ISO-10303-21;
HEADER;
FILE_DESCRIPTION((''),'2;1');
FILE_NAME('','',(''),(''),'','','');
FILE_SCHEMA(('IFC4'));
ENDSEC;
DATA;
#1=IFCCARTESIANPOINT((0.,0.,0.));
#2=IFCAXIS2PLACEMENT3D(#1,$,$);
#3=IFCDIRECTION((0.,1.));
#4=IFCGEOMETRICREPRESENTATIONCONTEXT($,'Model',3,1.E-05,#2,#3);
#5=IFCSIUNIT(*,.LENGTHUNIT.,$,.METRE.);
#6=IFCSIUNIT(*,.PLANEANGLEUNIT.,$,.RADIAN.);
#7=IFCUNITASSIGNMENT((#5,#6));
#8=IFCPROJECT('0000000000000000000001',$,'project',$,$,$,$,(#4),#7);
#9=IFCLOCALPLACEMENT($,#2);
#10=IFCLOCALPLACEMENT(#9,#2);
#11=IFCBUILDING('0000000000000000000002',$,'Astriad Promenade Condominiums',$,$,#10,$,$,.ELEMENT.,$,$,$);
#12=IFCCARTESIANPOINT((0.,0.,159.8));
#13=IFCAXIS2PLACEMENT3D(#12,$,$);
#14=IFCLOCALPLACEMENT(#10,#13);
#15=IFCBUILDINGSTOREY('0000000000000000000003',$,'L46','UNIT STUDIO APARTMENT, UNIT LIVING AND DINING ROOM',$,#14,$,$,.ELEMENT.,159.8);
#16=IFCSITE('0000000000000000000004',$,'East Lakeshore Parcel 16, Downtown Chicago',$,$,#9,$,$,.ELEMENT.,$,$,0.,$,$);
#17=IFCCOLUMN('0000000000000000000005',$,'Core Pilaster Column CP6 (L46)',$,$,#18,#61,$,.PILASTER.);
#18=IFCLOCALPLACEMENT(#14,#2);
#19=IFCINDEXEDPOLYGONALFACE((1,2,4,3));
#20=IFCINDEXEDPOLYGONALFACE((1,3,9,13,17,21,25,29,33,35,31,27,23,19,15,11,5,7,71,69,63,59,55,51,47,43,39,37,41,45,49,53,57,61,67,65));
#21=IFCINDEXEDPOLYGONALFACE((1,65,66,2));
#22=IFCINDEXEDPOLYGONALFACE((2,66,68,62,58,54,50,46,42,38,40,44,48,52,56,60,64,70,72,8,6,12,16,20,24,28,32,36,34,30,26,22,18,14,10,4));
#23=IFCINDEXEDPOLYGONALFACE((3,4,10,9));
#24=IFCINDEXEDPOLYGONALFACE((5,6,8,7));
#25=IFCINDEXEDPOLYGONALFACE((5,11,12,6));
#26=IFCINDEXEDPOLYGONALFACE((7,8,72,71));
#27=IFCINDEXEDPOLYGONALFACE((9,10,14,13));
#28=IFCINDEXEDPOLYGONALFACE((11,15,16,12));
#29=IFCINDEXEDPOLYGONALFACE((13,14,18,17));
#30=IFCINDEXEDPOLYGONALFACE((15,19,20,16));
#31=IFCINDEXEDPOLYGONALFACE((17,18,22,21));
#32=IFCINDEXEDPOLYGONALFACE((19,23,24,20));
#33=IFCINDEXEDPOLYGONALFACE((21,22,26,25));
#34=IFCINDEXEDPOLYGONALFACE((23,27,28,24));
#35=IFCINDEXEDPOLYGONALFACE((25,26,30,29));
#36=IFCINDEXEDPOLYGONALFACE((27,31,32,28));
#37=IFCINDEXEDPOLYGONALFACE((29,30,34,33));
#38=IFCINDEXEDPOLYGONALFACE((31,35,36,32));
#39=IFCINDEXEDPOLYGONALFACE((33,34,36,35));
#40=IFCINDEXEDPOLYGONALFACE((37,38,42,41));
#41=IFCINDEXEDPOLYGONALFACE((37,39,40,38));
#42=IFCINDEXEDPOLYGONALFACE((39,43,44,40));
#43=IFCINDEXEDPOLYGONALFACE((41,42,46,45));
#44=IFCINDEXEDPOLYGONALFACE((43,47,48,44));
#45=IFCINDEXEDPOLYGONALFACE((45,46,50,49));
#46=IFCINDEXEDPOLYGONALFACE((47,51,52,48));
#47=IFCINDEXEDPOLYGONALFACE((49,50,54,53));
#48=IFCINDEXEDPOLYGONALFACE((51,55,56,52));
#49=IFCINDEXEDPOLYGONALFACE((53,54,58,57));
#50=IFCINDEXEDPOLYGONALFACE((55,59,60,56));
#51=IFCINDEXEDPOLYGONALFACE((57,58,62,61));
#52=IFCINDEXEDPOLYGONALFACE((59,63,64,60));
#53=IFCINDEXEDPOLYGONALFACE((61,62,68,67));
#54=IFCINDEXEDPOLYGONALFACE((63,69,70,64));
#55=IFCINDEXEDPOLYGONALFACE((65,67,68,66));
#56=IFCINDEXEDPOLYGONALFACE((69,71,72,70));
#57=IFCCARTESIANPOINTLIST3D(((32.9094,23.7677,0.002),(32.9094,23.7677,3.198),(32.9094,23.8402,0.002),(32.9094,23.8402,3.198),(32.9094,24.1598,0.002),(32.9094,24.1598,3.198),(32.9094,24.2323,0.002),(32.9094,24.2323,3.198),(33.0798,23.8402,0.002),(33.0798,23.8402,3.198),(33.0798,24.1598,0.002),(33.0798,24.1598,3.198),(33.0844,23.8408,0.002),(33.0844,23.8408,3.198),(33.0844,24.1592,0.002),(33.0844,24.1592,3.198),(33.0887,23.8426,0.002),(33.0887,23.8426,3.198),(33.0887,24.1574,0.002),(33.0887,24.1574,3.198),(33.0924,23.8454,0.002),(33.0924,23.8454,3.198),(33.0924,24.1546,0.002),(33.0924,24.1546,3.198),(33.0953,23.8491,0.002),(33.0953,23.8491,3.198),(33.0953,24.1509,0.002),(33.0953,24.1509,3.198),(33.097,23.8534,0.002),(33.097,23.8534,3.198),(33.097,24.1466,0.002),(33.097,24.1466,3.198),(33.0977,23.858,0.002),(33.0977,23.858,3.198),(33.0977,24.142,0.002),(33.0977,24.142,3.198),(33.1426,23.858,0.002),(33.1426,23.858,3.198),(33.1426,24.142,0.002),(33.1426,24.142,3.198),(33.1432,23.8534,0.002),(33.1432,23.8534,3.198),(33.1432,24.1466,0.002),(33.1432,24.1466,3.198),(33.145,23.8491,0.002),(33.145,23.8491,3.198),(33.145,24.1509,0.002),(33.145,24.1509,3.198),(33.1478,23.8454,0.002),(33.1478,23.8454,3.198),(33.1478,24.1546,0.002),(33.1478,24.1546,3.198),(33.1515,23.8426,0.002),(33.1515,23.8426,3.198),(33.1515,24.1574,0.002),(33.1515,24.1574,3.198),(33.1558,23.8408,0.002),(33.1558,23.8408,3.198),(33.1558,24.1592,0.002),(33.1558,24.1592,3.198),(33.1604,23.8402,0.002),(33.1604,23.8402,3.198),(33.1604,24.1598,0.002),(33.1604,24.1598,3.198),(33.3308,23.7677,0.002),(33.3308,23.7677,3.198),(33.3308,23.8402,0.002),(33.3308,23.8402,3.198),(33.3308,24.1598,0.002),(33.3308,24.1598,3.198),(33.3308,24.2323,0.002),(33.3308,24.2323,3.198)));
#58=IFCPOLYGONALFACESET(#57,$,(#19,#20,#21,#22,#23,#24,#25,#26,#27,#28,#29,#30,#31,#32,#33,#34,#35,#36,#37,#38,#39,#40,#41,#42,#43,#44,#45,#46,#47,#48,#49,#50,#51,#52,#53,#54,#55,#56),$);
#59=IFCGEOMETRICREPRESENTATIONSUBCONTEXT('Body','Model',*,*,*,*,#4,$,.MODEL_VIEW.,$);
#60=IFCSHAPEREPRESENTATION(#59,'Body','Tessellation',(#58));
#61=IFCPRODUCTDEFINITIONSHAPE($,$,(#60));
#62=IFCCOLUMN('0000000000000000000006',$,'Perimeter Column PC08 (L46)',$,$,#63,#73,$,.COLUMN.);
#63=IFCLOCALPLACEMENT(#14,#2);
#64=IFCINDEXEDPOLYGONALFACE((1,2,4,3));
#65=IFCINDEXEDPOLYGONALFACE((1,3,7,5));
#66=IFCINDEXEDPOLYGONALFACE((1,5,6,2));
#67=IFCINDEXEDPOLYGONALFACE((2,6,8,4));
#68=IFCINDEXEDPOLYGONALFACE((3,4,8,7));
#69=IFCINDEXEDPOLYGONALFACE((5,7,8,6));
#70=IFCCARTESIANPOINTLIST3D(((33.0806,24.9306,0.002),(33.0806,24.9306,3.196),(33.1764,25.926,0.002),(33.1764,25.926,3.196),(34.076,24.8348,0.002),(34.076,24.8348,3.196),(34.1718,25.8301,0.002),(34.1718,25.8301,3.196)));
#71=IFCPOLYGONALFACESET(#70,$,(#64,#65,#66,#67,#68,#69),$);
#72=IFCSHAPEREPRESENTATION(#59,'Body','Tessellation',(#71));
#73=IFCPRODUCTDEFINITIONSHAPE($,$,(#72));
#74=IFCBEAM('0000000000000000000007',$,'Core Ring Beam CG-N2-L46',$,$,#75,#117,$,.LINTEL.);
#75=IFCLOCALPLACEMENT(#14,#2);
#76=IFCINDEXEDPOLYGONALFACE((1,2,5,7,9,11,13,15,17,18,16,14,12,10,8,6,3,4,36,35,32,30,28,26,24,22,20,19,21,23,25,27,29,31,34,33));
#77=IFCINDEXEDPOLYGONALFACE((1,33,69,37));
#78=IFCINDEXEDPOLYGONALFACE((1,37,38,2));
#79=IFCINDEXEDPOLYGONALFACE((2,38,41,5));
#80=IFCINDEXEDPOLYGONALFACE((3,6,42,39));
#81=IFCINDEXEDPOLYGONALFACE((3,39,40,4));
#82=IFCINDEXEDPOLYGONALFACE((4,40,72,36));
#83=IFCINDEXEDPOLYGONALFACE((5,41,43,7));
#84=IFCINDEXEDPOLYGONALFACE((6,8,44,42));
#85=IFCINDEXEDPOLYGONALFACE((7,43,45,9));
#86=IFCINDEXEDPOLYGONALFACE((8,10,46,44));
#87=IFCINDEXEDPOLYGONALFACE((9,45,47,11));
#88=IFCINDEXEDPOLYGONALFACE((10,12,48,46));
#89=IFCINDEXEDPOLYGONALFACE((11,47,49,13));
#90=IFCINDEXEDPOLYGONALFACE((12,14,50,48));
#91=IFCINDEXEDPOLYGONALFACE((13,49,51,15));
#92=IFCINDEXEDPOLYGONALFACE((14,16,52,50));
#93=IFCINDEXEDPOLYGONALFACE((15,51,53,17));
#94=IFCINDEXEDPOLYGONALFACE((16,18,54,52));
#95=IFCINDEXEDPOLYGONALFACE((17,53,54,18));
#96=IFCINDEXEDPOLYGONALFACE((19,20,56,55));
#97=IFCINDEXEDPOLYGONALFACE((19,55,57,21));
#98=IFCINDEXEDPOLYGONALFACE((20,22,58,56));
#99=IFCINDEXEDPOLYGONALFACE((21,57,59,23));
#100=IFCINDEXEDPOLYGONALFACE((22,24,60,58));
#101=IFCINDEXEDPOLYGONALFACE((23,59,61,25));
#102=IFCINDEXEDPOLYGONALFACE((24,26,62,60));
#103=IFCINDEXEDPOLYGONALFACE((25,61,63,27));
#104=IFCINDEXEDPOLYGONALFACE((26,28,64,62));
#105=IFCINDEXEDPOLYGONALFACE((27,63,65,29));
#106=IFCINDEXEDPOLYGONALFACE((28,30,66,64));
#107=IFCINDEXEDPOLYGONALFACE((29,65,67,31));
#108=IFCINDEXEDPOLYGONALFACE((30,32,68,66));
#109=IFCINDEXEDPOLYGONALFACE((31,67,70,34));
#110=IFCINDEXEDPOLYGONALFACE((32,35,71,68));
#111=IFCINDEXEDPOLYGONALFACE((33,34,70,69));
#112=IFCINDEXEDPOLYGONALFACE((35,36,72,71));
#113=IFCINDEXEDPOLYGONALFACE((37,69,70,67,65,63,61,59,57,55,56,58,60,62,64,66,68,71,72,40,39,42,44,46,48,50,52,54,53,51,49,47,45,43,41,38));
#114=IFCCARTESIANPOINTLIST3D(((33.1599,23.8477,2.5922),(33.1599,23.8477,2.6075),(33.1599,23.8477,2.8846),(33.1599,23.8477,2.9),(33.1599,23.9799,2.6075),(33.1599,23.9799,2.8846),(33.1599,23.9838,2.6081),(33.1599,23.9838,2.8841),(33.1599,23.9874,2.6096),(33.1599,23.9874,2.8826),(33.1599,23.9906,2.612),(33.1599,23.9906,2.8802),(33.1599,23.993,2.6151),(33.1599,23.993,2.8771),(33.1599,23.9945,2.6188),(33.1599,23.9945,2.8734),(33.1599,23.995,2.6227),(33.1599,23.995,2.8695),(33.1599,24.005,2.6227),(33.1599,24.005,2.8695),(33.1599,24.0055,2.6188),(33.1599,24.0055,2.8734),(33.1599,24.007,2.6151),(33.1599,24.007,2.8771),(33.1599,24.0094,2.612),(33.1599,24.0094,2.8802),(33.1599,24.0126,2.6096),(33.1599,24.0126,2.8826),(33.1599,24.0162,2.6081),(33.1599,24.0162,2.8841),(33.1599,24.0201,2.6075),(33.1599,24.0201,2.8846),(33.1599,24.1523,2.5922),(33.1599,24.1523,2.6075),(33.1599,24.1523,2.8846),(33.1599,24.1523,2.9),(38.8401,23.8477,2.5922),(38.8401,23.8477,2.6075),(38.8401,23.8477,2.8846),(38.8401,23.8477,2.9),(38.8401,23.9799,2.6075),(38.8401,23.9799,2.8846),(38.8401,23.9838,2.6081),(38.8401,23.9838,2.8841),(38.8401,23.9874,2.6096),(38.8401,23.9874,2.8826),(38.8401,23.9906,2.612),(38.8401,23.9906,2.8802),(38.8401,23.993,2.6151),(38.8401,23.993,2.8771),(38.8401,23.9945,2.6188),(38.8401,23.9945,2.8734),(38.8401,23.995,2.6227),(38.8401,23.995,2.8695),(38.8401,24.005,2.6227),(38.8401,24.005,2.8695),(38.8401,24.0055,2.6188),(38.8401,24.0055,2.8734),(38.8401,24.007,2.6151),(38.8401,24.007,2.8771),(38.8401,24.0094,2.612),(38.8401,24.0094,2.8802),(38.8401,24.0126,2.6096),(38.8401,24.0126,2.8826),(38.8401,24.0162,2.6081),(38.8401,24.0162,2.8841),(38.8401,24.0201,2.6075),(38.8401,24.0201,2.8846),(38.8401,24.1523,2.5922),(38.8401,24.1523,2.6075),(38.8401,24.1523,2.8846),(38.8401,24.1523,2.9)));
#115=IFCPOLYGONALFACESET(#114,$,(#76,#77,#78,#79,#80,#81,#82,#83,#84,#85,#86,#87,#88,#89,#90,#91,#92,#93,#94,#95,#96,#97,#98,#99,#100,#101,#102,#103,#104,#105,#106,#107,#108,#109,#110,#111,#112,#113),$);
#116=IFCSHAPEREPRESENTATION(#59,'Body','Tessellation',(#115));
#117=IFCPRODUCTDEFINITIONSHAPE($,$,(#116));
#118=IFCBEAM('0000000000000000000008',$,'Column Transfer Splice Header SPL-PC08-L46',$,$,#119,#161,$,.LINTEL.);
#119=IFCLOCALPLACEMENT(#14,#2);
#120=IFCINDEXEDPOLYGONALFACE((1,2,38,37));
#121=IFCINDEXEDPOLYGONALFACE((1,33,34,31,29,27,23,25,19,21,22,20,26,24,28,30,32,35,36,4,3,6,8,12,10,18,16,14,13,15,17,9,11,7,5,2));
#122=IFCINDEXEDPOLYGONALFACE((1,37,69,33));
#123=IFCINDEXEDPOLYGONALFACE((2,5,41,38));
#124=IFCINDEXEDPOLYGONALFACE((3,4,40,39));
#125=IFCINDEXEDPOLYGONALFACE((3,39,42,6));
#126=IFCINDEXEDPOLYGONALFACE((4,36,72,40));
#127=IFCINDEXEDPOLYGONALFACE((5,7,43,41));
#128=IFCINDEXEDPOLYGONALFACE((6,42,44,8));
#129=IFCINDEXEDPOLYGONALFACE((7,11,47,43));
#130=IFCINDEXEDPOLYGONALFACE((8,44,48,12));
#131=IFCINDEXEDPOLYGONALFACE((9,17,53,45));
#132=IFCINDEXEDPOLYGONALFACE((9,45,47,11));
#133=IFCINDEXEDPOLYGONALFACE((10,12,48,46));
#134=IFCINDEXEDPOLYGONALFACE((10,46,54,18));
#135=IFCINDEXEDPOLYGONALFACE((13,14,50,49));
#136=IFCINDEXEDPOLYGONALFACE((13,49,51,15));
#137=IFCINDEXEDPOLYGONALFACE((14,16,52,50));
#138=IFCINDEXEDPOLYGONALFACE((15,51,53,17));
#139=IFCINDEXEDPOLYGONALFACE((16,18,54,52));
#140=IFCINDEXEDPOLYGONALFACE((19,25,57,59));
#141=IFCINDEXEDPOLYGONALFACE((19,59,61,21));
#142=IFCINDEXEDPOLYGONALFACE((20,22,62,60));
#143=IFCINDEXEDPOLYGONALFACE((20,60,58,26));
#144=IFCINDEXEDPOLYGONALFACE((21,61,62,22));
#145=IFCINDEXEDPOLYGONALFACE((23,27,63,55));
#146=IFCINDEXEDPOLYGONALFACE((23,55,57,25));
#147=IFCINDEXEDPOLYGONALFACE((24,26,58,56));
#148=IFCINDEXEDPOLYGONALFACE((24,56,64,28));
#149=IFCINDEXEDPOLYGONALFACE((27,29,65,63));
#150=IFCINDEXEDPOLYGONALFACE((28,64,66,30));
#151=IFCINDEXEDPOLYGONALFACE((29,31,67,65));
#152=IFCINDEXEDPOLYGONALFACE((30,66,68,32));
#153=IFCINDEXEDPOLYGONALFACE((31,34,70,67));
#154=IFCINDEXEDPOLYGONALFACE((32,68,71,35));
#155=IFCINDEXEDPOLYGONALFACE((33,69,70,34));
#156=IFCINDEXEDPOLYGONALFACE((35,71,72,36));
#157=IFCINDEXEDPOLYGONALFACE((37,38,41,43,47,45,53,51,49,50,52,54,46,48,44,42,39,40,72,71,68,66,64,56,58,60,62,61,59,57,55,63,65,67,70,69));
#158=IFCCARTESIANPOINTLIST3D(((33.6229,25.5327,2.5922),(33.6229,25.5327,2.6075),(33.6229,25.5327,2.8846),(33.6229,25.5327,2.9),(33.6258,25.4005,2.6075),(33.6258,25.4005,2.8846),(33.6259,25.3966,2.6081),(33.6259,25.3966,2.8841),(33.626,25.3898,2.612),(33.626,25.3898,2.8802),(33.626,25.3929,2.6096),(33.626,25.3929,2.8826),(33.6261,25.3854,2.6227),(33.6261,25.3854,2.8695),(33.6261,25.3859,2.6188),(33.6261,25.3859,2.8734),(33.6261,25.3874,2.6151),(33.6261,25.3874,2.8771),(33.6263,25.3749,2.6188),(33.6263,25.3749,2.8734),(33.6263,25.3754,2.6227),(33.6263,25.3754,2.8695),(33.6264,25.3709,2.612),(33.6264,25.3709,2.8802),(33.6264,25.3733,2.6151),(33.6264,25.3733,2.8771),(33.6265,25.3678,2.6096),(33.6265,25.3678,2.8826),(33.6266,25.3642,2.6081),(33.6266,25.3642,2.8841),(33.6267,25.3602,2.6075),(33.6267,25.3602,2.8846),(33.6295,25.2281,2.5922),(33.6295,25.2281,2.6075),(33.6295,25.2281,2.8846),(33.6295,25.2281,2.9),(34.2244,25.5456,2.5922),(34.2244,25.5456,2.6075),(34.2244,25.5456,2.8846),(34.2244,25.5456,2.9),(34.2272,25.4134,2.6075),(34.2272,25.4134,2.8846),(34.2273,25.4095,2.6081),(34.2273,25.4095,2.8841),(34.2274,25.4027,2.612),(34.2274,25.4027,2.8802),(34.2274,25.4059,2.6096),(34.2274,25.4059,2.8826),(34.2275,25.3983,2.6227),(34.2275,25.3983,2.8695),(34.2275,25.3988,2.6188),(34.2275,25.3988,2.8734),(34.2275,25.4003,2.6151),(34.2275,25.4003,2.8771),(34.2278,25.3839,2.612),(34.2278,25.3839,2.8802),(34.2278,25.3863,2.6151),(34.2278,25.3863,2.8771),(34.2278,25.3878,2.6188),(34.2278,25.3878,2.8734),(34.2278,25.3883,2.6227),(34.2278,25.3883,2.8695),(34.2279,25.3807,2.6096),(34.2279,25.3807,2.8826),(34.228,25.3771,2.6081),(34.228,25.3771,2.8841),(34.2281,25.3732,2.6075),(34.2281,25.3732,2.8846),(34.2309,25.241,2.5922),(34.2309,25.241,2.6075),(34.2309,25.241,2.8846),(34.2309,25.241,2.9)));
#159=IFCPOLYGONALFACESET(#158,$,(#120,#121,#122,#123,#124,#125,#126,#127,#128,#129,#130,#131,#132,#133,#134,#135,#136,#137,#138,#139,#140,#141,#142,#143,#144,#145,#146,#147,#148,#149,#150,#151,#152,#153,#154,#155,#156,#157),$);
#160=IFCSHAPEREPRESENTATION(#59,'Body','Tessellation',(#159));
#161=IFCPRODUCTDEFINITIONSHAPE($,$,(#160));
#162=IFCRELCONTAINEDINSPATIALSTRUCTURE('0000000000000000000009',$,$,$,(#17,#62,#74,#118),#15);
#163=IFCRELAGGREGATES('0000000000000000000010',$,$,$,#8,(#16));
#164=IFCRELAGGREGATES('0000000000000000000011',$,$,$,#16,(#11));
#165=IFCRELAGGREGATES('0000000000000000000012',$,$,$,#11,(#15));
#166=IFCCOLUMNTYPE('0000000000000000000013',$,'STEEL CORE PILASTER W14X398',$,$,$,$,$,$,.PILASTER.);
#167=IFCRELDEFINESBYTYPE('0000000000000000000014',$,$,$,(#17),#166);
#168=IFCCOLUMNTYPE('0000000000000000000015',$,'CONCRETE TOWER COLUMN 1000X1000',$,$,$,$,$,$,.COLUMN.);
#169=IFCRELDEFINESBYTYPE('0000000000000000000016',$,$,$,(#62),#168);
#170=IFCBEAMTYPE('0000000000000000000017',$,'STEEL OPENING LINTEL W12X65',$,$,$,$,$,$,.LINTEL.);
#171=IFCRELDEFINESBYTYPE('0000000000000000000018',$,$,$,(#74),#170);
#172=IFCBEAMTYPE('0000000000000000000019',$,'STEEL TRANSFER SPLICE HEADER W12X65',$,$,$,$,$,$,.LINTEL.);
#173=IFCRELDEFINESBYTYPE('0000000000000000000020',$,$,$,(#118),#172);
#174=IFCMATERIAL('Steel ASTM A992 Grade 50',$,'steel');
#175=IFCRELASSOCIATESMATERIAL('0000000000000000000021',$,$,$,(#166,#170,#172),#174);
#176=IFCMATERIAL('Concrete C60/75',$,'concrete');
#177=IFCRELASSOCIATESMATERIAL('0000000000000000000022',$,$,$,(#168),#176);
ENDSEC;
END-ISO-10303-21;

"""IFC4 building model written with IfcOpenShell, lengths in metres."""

from ifc_helpers import new_model, si_unit, direction, frame, origin, origin_2d, place, context, subcontext, project, spatial, rectangle, i_section, extrude, source, transform, mapped, material, material_profile, profile_set, type_object, type_shapes, element, save


model = new_model("IFC4")

# Units and contexts
model_context = context("Model", 3, precision=1e-05, world=origin(), true_north=direction((0.0, 1.0)))
body_context = subcontext(model_context, "Body", "Model", "MODEL_VIEW")
ifc_project = project(units=[si_unit("LENGTHUNIT", "METRE"), si_unit("PLANEANGLEUNIT", "RADIAN")], contexts=[model_context])

# Site, building, storey
site_placement = place(None, origin())
site = spatial("IfcSite", under=ifc_project, at=site_placement, Name="East Lakeshore Parcel 16, Downtown Chicago", CompositionType="ELEMENT", RefElevation=0.0)
building_placement = place(site_placement, origin())
building = spatial("IfcBuilding", under=site, at=building_placement, Name="Astriad Promenade Condominiums", CompositionType="ELEMENT")
storey_placement = place(building_placement, frame((0.0, 0.0, 159.8)))
storey = spatial("IfcBuildingStorey", under=building, at=storey_placement, Name="L46", Description="UNIT STUDIO APARTMENT, UNIT LIVING AND DINING ROOM", CompositionType="ELEMENT", Elevation=159.8)

# Columns
ifc_material_1 = material(Name="Steel ASTM A992 Grade 50", Category="steel")
ifc_material_profile_1 = material_profile(ifc_material_1, i_section(OverallWidth=0.4214, OverallDepth=0.4646, WebThickness=0.0449, FlangeThickness=0.0725, FilletRadius=0.0178, at=origin_2d()), Name="W14X398")
ifc_profile_set_1 = profile_set([ifc_material_profile_1], Name="Steel ASTM A992 Grade 50")
column_type_1 = type_object("IfcColumnType", Name="STEEL CORE PILASTER W14X398", PredefinedType="PILASTER", material=ifc_profile_set_1)
shared_shape_1 = source(origin(), body_context, "Body", "SweptSolid", [
    extrude(i_section(OverallWidth=0.4214, OverallDepth=0.4646, WebThickness=0.0449, FlangeThickness=0.0725, FilletRadius=0.0178, at=origin_2d()), origin(), (0.0, 0.0, 1.0), 3.196),
])
type_shapes(column_type_1, [shared_shape_1])
column_1_placement = place(storey_placement, frame((33.1201, 24.0, 0.002), z_axis=(0.0, 0.0, 1.0), x_axis=(1.0, 0.0, 0.0)))
element("IfcColumn", 1, at=column_1_placement, inside=storey, type_object=column_type_1, Name="Core Pilaster Column CP6 (L46)", PredefinedType="PILASTER", context=body_context, shape_type="MappedRepresentation", body=[
    mapped(shared_shape_1, transform((0.0, 0.0, 0.0), scale=1.0)),
])
ifc_material_2 = material(Name="Concrete C60/75", Category="concrete")
ifc_material_profile_2 = material_profile(ifc_material_2, rectangle(XDim=1.0, YDim=1.0, at=origin_2d()), Name="RC-COL-1000X1000")
ifc_profile_set_2 = profile_set([ifc_material_profile_2], Name="Concrete C60/75")
column_type_2 = type_object("IfcColumnType", Name="CONCRETE TOWER COLUMN 1000X1000", PredefinedType="COLUMN", material=ifc_profile_set_2)
shared_shape_2 = source(origin(), body_context, "Body", "SweptSolid", [
    extrude(rectangle(XDim=1.0, YDim=1.0, at=origin_2d()), origin(), (0.0, 0.0, 1.0), 3.1941),
])
type_shapes(column_type_2, [shared_shape_2])
column_2_placement = place(storey_placement, frame((33.6262, 25.3804, 0.002), z_axis=(0.0, 0.0, 1.0), x_axis=(0.995396, -0.095846, 0.0)))
element("IfcColumn", 2, at=column_2_placement, inside=storey, type_object=column_type_2, Name="Perimeter Column PC08 (L46)", PredefinedType="COLUMN", context=body_context, shape_type="MappedRepresentation", body=[
    mapped(shared_shape_2, transform((0.0, 0.0, 0.0), scale=1.0)),
])

# Beams
ifc_material_profile_3 = material_profile(ifc_material_1, i_section(OverallWidth=0.3047, OverallDepth=0.3079, WebThickness=0.01, FlangeThickness=0.0154, FilletRadius=0.0151, at=origin_2d()), Name="W12X65")
ifc_profile_set_3 = profile_set([ifc_material_profile_3], Name="Steel ASTM A992 Grade 50")
beam_type_1 = type_object("IfcBeamType", Name="STEEL OPENING LINTEL W12X65", PredefinedType="LINTEL", material=ifc_profile_set_3)
shared_shape_3 = source(origin(), body_context, "Body", "SweptSolid", [
    extrude(i_section(OverallWidth=0.3047, OverallDepth=0.3079, WebThickness=0.01, FlangeThickness=0.0154, FilletRadius=0.0151, at=origin_2d()), origin(), (0.0, 0.0, 1.0), 5.6802),
])
type_shapes(beam_type_1, [shared_shape_3])
beam_1_placement = place(storey_placement, frame((33.1599, 24.0, 2.7461), z_axis=(1.0, 0.0, 0.0), x_axis=(0.0, 1.0, 0.0)))
element("IfcBeam", 3, at=beam_1_placement, inside=storey, type_object=beam_type_1, Name="Core Ring Beam CG-N2-L46", PredefinedType="LINTEL", context=body_context, shape_type="MappedRepresentation", body=[
    mapped(shared_shape_3, transform((0.0, 0.0, 0.0), scale=1.0)),
])
ifc_material_profile_4 = material_profile(ifc_material_1, i_section(OverallWidth=0.3047, OverallDepth=0.3079, WebThickness=0.01, FlangeThickness=0.0154, FilletRadius=0.0151, at=origin_2d()), Name="W12X65")
ifc_profile_set_4 = profile_set([ifc_material_profile_4], Name="Steel ASTM A992 Grade 50")
beam_type_2 = type_object("IfcBeamType", Name="STEEL TRANSFER SPLICE HEADER W12X65", PredefinedType="LINTEL", material=ifc_profile_set_4)
shared_shape_4 = source(origin(), body_context, "Body", "SweptSolid", [
    extrude(i_section(OverallWidth=0.3047, OverallDepth=0.3079, WebThickness=0.01, FlangeThickness=0.0154, FilletRadius=0.0151, at=origin_2d()), origin(), (0.0, 0.0, 1.0), 0.6016),
])
type_shapes(beam_type_2, [shared_shape_4])
beam_2_placement = place(storey_placement, frame((33.6262, 25.3804, 2.7461), z_axis=(0.999769, 0.021513, 0.0), x_axis=(-0.021513, 0.999769, 0.0)))
element("IfcBeam", 4, at=beam_2_placement, inside=storey, type_object=beam_type_2, Name="Column Transfer Splice Header SPL-PC08-L46", PredefinedType="LINTEL", context=body_context, shape_type="MappedRepresentation", body=[
    mapped(shared_shape_4, transform((0.0, 0.0, 0.0), scale=1.0)),
])

save(model, "model.ifc")
